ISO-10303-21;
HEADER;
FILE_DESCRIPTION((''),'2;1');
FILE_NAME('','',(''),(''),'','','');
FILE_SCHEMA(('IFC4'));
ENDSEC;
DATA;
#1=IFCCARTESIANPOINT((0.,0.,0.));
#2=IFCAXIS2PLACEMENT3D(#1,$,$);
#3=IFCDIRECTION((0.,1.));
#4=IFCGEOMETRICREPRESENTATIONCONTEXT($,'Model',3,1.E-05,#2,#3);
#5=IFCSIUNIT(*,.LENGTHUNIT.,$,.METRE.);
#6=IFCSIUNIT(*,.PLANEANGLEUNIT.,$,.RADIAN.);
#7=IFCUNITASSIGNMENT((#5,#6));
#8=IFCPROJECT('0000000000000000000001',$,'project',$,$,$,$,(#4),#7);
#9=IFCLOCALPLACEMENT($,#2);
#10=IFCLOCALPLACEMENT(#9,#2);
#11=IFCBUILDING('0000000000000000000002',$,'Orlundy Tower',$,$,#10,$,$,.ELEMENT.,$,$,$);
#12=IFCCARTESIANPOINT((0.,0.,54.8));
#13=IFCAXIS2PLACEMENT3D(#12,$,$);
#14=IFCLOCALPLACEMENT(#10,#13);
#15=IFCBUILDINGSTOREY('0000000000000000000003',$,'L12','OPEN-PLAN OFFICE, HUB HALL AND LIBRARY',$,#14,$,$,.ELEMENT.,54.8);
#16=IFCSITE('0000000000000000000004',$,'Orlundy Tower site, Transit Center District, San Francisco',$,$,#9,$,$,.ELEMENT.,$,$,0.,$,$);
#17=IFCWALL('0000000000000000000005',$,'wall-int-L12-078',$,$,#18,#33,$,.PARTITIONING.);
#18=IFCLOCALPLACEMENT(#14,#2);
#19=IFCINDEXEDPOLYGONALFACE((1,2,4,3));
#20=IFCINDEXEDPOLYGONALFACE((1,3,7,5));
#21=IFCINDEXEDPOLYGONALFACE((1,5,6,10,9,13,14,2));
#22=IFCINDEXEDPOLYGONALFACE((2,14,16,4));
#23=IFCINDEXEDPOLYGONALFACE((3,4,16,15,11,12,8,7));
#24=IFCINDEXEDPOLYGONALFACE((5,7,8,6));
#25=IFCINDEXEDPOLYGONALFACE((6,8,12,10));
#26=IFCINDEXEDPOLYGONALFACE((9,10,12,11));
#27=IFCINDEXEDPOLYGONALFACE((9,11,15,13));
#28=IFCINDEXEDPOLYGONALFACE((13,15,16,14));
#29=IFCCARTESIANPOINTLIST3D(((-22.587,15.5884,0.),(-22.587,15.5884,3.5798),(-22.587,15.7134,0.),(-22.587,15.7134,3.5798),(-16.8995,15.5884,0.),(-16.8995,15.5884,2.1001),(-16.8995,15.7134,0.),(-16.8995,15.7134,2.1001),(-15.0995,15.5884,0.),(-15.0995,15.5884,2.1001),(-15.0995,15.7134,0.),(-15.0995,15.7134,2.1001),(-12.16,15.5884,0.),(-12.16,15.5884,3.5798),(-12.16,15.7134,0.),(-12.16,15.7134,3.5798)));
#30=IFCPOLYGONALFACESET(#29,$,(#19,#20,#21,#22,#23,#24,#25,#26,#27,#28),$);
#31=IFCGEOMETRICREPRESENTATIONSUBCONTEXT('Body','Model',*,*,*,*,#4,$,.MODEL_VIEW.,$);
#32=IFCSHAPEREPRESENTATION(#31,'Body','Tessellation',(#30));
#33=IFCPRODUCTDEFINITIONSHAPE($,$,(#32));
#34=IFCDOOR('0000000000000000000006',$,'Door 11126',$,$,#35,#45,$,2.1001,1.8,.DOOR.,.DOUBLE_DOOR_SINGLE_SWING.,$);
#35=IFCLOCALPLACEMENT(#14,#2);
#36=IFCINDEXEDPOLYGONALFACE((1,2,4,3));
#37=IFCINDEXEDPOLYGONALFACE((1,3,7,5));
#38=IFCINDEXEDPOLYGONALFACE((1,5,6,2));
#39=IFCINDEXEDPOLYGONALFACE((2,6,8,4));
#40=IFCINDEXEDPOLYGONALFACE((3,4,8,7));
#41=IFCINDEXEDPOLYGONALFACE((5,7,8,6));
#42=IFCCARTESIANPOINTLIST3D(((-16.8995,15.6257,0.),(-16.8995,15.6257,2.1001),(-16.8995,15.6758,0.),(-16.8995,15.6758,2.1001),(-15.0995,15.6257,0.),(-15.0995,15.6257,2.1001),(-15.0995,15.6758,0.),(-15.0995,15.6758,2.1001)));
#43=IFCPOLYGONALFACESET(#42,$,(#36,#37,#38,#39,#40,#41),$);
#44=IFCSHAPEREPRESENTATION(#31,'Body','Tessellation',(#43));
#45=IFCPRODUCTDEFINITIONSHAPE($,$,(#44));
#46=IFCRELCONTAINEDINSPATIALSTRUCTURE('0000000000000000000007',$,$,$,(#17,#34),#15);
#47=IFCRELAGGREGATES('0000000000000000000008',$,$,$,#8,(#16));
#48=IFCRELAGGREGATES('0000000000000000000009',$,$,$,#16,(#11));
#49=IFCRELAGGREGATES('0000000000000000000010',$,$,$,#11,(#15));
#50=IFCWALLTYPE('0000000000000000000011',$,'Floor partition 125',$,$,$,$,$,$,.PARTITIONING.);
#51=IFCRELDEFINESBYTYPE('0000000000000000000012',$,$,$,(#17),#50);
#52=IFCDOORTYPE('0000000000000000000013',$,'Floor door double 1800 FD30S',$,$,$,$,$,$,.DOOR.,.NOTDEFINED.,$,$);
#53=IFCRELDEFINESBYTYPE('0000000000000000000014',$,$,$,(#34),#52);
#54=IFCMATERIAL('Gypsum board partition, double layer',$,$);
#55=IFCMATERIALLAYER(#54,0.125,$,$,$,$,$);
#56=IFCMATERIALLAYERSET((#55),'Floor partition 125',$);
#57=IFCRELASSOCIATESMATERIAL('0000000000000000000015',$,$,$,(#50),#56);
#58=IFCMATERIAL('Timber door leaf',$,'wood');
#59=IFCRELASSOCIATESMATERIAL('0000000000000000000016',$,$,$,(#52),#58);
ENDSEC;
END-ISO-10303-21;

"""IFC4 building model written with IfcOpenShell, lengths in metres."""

from ifc_helpers import new_model, si_unit, direction, frame, frame_2d, origin, place, context, subcontext, project, spatial, rectangle, extrude, material, layer, layer_set, type_object, element, fill, save


model = new_model("IFC4")

# Units and contexts
model_context = context("Model", 3, precision=1e-05, world=origin(), true_north=direction((0.0, 1.0)))
body_context = subcontext(model_context, "Body", "Model", "MODEL_VIEW")
ifc_project = project(units=[si_unit("LENGTHUNIT", "METRE"), si_unit("PLANEANGLEUNIT", "RADIAN")], contexts=[model_context])

# Site, building, storey
site_placement = place(None, origin())
site = spatial("IfcSite", under=ifc_project, at=site_placement, Name="Orlundy Tower site, Transit Center District, San Francisco", CompositionType="ELEMENT", RefElevation=0.0)
building_placement = place(site_placement, origin())
building = spatial("IfcBuilding", under=site, at=building_placement, Name="Orlundy Tower", CompositionType="ELEMENT")
storey_placement = place(building_placement, frame((0.0, 0.0, 54.8)))
storey = spatial("IfcBuildingStorey", under=building, at=storey_placement, Name="L12", Description="OPEN-PLAN OFFICE, HUB HALL AND LIBRARY", CompositionType="ELEMENT", Elevation=54.8)

# Wall, opening, door
ifc_material_1 = material(Name="Gypsum board partition, double layer")
ifc_layer_1 = layer(ifc_material_1, 0.125)
ifc_layer_set_1 = layer_set([ifc_layer_1], Name="Floor partition 125")
wall_type_1 = type_object("IfcWallType", Name="Floor partition 125", PredefinedType="PARTITIONING", material=ifc_layer_set_1)
wall_1_placement = place(storey_placement, frame((-22.5869, 15.6509, 0.0), z_axis=(0.0, 0.0, 1.0), x_axis=(1.0, 0.0, 0.0)))
wall_1 = element("IfcWall", 1, at=wall_1_placement, inside=storey, type_object=wall_type_1, Name="wall-int-L12-078", PredefinedType="PARTITIONING", context=body_context, shape_type="SweptSolid", body=[
    extrude(rectangle(XDim=10.427, YDim=0.125, at=frame_2d((5.2134, 0.0))), origin(), (0.0, 0.0, 1.0), 3.5798),
])
opening_placement = place(wall_1_placement, frame((5.6875, 0.0, 0.0)))
opening = element("IfcOpeningElement", 2, at=opening_placement, cuts=wall_1, PredefinedType="OPENING", context=body_context, shape_type="SweptSolid", body=[
    extrude(rectangle(XDim=1.8, YDim=2.1001, at=frame_2d((0.8999, 1.05))), frame((0.0, 0.0725, 0.0), z_axis=(0.0, -1.0, 0.0), x_axis=(1.0, 0.0, 0.0)), (0.0, 0.0, 1.0), 0.145),
])
ifc_material_2 = material(Name="Timber door leaf", Category="wood")
door_type = type_object("IfcDoorType", Name="Floor door double 1800 FD30S", OperationType="NOTDEFINED", PredefinedType="DOOR", material=ifc_material_2)
door_placement = place(opening_placement, origin())
door = element("IfcDoor", 3, at=door_placement, inside=storey, type_object=door_type, Name="Door 11126", OperationType="DOUBLE_DOOR_SINGLE_SWING", OverallHeight=2.1001, OverallWidth=1.8, PredefinedType="DOOR", context=body_context, shape_type="SweptSolid", body=[
    extrude(rectangle(XDim=1.8, YDim=2.1001, at=frame_2d((0.8999, 1.05))), frame((0.0, 0.0249, 0.0), z_axis=(0.0, -1.0, 0.0), x_axis=(1.0, 0.0, 0.0)), (0.0, 0.0, 1.0), 0.05),
])
fill(opening, door)

save(model, "model.ifc")
